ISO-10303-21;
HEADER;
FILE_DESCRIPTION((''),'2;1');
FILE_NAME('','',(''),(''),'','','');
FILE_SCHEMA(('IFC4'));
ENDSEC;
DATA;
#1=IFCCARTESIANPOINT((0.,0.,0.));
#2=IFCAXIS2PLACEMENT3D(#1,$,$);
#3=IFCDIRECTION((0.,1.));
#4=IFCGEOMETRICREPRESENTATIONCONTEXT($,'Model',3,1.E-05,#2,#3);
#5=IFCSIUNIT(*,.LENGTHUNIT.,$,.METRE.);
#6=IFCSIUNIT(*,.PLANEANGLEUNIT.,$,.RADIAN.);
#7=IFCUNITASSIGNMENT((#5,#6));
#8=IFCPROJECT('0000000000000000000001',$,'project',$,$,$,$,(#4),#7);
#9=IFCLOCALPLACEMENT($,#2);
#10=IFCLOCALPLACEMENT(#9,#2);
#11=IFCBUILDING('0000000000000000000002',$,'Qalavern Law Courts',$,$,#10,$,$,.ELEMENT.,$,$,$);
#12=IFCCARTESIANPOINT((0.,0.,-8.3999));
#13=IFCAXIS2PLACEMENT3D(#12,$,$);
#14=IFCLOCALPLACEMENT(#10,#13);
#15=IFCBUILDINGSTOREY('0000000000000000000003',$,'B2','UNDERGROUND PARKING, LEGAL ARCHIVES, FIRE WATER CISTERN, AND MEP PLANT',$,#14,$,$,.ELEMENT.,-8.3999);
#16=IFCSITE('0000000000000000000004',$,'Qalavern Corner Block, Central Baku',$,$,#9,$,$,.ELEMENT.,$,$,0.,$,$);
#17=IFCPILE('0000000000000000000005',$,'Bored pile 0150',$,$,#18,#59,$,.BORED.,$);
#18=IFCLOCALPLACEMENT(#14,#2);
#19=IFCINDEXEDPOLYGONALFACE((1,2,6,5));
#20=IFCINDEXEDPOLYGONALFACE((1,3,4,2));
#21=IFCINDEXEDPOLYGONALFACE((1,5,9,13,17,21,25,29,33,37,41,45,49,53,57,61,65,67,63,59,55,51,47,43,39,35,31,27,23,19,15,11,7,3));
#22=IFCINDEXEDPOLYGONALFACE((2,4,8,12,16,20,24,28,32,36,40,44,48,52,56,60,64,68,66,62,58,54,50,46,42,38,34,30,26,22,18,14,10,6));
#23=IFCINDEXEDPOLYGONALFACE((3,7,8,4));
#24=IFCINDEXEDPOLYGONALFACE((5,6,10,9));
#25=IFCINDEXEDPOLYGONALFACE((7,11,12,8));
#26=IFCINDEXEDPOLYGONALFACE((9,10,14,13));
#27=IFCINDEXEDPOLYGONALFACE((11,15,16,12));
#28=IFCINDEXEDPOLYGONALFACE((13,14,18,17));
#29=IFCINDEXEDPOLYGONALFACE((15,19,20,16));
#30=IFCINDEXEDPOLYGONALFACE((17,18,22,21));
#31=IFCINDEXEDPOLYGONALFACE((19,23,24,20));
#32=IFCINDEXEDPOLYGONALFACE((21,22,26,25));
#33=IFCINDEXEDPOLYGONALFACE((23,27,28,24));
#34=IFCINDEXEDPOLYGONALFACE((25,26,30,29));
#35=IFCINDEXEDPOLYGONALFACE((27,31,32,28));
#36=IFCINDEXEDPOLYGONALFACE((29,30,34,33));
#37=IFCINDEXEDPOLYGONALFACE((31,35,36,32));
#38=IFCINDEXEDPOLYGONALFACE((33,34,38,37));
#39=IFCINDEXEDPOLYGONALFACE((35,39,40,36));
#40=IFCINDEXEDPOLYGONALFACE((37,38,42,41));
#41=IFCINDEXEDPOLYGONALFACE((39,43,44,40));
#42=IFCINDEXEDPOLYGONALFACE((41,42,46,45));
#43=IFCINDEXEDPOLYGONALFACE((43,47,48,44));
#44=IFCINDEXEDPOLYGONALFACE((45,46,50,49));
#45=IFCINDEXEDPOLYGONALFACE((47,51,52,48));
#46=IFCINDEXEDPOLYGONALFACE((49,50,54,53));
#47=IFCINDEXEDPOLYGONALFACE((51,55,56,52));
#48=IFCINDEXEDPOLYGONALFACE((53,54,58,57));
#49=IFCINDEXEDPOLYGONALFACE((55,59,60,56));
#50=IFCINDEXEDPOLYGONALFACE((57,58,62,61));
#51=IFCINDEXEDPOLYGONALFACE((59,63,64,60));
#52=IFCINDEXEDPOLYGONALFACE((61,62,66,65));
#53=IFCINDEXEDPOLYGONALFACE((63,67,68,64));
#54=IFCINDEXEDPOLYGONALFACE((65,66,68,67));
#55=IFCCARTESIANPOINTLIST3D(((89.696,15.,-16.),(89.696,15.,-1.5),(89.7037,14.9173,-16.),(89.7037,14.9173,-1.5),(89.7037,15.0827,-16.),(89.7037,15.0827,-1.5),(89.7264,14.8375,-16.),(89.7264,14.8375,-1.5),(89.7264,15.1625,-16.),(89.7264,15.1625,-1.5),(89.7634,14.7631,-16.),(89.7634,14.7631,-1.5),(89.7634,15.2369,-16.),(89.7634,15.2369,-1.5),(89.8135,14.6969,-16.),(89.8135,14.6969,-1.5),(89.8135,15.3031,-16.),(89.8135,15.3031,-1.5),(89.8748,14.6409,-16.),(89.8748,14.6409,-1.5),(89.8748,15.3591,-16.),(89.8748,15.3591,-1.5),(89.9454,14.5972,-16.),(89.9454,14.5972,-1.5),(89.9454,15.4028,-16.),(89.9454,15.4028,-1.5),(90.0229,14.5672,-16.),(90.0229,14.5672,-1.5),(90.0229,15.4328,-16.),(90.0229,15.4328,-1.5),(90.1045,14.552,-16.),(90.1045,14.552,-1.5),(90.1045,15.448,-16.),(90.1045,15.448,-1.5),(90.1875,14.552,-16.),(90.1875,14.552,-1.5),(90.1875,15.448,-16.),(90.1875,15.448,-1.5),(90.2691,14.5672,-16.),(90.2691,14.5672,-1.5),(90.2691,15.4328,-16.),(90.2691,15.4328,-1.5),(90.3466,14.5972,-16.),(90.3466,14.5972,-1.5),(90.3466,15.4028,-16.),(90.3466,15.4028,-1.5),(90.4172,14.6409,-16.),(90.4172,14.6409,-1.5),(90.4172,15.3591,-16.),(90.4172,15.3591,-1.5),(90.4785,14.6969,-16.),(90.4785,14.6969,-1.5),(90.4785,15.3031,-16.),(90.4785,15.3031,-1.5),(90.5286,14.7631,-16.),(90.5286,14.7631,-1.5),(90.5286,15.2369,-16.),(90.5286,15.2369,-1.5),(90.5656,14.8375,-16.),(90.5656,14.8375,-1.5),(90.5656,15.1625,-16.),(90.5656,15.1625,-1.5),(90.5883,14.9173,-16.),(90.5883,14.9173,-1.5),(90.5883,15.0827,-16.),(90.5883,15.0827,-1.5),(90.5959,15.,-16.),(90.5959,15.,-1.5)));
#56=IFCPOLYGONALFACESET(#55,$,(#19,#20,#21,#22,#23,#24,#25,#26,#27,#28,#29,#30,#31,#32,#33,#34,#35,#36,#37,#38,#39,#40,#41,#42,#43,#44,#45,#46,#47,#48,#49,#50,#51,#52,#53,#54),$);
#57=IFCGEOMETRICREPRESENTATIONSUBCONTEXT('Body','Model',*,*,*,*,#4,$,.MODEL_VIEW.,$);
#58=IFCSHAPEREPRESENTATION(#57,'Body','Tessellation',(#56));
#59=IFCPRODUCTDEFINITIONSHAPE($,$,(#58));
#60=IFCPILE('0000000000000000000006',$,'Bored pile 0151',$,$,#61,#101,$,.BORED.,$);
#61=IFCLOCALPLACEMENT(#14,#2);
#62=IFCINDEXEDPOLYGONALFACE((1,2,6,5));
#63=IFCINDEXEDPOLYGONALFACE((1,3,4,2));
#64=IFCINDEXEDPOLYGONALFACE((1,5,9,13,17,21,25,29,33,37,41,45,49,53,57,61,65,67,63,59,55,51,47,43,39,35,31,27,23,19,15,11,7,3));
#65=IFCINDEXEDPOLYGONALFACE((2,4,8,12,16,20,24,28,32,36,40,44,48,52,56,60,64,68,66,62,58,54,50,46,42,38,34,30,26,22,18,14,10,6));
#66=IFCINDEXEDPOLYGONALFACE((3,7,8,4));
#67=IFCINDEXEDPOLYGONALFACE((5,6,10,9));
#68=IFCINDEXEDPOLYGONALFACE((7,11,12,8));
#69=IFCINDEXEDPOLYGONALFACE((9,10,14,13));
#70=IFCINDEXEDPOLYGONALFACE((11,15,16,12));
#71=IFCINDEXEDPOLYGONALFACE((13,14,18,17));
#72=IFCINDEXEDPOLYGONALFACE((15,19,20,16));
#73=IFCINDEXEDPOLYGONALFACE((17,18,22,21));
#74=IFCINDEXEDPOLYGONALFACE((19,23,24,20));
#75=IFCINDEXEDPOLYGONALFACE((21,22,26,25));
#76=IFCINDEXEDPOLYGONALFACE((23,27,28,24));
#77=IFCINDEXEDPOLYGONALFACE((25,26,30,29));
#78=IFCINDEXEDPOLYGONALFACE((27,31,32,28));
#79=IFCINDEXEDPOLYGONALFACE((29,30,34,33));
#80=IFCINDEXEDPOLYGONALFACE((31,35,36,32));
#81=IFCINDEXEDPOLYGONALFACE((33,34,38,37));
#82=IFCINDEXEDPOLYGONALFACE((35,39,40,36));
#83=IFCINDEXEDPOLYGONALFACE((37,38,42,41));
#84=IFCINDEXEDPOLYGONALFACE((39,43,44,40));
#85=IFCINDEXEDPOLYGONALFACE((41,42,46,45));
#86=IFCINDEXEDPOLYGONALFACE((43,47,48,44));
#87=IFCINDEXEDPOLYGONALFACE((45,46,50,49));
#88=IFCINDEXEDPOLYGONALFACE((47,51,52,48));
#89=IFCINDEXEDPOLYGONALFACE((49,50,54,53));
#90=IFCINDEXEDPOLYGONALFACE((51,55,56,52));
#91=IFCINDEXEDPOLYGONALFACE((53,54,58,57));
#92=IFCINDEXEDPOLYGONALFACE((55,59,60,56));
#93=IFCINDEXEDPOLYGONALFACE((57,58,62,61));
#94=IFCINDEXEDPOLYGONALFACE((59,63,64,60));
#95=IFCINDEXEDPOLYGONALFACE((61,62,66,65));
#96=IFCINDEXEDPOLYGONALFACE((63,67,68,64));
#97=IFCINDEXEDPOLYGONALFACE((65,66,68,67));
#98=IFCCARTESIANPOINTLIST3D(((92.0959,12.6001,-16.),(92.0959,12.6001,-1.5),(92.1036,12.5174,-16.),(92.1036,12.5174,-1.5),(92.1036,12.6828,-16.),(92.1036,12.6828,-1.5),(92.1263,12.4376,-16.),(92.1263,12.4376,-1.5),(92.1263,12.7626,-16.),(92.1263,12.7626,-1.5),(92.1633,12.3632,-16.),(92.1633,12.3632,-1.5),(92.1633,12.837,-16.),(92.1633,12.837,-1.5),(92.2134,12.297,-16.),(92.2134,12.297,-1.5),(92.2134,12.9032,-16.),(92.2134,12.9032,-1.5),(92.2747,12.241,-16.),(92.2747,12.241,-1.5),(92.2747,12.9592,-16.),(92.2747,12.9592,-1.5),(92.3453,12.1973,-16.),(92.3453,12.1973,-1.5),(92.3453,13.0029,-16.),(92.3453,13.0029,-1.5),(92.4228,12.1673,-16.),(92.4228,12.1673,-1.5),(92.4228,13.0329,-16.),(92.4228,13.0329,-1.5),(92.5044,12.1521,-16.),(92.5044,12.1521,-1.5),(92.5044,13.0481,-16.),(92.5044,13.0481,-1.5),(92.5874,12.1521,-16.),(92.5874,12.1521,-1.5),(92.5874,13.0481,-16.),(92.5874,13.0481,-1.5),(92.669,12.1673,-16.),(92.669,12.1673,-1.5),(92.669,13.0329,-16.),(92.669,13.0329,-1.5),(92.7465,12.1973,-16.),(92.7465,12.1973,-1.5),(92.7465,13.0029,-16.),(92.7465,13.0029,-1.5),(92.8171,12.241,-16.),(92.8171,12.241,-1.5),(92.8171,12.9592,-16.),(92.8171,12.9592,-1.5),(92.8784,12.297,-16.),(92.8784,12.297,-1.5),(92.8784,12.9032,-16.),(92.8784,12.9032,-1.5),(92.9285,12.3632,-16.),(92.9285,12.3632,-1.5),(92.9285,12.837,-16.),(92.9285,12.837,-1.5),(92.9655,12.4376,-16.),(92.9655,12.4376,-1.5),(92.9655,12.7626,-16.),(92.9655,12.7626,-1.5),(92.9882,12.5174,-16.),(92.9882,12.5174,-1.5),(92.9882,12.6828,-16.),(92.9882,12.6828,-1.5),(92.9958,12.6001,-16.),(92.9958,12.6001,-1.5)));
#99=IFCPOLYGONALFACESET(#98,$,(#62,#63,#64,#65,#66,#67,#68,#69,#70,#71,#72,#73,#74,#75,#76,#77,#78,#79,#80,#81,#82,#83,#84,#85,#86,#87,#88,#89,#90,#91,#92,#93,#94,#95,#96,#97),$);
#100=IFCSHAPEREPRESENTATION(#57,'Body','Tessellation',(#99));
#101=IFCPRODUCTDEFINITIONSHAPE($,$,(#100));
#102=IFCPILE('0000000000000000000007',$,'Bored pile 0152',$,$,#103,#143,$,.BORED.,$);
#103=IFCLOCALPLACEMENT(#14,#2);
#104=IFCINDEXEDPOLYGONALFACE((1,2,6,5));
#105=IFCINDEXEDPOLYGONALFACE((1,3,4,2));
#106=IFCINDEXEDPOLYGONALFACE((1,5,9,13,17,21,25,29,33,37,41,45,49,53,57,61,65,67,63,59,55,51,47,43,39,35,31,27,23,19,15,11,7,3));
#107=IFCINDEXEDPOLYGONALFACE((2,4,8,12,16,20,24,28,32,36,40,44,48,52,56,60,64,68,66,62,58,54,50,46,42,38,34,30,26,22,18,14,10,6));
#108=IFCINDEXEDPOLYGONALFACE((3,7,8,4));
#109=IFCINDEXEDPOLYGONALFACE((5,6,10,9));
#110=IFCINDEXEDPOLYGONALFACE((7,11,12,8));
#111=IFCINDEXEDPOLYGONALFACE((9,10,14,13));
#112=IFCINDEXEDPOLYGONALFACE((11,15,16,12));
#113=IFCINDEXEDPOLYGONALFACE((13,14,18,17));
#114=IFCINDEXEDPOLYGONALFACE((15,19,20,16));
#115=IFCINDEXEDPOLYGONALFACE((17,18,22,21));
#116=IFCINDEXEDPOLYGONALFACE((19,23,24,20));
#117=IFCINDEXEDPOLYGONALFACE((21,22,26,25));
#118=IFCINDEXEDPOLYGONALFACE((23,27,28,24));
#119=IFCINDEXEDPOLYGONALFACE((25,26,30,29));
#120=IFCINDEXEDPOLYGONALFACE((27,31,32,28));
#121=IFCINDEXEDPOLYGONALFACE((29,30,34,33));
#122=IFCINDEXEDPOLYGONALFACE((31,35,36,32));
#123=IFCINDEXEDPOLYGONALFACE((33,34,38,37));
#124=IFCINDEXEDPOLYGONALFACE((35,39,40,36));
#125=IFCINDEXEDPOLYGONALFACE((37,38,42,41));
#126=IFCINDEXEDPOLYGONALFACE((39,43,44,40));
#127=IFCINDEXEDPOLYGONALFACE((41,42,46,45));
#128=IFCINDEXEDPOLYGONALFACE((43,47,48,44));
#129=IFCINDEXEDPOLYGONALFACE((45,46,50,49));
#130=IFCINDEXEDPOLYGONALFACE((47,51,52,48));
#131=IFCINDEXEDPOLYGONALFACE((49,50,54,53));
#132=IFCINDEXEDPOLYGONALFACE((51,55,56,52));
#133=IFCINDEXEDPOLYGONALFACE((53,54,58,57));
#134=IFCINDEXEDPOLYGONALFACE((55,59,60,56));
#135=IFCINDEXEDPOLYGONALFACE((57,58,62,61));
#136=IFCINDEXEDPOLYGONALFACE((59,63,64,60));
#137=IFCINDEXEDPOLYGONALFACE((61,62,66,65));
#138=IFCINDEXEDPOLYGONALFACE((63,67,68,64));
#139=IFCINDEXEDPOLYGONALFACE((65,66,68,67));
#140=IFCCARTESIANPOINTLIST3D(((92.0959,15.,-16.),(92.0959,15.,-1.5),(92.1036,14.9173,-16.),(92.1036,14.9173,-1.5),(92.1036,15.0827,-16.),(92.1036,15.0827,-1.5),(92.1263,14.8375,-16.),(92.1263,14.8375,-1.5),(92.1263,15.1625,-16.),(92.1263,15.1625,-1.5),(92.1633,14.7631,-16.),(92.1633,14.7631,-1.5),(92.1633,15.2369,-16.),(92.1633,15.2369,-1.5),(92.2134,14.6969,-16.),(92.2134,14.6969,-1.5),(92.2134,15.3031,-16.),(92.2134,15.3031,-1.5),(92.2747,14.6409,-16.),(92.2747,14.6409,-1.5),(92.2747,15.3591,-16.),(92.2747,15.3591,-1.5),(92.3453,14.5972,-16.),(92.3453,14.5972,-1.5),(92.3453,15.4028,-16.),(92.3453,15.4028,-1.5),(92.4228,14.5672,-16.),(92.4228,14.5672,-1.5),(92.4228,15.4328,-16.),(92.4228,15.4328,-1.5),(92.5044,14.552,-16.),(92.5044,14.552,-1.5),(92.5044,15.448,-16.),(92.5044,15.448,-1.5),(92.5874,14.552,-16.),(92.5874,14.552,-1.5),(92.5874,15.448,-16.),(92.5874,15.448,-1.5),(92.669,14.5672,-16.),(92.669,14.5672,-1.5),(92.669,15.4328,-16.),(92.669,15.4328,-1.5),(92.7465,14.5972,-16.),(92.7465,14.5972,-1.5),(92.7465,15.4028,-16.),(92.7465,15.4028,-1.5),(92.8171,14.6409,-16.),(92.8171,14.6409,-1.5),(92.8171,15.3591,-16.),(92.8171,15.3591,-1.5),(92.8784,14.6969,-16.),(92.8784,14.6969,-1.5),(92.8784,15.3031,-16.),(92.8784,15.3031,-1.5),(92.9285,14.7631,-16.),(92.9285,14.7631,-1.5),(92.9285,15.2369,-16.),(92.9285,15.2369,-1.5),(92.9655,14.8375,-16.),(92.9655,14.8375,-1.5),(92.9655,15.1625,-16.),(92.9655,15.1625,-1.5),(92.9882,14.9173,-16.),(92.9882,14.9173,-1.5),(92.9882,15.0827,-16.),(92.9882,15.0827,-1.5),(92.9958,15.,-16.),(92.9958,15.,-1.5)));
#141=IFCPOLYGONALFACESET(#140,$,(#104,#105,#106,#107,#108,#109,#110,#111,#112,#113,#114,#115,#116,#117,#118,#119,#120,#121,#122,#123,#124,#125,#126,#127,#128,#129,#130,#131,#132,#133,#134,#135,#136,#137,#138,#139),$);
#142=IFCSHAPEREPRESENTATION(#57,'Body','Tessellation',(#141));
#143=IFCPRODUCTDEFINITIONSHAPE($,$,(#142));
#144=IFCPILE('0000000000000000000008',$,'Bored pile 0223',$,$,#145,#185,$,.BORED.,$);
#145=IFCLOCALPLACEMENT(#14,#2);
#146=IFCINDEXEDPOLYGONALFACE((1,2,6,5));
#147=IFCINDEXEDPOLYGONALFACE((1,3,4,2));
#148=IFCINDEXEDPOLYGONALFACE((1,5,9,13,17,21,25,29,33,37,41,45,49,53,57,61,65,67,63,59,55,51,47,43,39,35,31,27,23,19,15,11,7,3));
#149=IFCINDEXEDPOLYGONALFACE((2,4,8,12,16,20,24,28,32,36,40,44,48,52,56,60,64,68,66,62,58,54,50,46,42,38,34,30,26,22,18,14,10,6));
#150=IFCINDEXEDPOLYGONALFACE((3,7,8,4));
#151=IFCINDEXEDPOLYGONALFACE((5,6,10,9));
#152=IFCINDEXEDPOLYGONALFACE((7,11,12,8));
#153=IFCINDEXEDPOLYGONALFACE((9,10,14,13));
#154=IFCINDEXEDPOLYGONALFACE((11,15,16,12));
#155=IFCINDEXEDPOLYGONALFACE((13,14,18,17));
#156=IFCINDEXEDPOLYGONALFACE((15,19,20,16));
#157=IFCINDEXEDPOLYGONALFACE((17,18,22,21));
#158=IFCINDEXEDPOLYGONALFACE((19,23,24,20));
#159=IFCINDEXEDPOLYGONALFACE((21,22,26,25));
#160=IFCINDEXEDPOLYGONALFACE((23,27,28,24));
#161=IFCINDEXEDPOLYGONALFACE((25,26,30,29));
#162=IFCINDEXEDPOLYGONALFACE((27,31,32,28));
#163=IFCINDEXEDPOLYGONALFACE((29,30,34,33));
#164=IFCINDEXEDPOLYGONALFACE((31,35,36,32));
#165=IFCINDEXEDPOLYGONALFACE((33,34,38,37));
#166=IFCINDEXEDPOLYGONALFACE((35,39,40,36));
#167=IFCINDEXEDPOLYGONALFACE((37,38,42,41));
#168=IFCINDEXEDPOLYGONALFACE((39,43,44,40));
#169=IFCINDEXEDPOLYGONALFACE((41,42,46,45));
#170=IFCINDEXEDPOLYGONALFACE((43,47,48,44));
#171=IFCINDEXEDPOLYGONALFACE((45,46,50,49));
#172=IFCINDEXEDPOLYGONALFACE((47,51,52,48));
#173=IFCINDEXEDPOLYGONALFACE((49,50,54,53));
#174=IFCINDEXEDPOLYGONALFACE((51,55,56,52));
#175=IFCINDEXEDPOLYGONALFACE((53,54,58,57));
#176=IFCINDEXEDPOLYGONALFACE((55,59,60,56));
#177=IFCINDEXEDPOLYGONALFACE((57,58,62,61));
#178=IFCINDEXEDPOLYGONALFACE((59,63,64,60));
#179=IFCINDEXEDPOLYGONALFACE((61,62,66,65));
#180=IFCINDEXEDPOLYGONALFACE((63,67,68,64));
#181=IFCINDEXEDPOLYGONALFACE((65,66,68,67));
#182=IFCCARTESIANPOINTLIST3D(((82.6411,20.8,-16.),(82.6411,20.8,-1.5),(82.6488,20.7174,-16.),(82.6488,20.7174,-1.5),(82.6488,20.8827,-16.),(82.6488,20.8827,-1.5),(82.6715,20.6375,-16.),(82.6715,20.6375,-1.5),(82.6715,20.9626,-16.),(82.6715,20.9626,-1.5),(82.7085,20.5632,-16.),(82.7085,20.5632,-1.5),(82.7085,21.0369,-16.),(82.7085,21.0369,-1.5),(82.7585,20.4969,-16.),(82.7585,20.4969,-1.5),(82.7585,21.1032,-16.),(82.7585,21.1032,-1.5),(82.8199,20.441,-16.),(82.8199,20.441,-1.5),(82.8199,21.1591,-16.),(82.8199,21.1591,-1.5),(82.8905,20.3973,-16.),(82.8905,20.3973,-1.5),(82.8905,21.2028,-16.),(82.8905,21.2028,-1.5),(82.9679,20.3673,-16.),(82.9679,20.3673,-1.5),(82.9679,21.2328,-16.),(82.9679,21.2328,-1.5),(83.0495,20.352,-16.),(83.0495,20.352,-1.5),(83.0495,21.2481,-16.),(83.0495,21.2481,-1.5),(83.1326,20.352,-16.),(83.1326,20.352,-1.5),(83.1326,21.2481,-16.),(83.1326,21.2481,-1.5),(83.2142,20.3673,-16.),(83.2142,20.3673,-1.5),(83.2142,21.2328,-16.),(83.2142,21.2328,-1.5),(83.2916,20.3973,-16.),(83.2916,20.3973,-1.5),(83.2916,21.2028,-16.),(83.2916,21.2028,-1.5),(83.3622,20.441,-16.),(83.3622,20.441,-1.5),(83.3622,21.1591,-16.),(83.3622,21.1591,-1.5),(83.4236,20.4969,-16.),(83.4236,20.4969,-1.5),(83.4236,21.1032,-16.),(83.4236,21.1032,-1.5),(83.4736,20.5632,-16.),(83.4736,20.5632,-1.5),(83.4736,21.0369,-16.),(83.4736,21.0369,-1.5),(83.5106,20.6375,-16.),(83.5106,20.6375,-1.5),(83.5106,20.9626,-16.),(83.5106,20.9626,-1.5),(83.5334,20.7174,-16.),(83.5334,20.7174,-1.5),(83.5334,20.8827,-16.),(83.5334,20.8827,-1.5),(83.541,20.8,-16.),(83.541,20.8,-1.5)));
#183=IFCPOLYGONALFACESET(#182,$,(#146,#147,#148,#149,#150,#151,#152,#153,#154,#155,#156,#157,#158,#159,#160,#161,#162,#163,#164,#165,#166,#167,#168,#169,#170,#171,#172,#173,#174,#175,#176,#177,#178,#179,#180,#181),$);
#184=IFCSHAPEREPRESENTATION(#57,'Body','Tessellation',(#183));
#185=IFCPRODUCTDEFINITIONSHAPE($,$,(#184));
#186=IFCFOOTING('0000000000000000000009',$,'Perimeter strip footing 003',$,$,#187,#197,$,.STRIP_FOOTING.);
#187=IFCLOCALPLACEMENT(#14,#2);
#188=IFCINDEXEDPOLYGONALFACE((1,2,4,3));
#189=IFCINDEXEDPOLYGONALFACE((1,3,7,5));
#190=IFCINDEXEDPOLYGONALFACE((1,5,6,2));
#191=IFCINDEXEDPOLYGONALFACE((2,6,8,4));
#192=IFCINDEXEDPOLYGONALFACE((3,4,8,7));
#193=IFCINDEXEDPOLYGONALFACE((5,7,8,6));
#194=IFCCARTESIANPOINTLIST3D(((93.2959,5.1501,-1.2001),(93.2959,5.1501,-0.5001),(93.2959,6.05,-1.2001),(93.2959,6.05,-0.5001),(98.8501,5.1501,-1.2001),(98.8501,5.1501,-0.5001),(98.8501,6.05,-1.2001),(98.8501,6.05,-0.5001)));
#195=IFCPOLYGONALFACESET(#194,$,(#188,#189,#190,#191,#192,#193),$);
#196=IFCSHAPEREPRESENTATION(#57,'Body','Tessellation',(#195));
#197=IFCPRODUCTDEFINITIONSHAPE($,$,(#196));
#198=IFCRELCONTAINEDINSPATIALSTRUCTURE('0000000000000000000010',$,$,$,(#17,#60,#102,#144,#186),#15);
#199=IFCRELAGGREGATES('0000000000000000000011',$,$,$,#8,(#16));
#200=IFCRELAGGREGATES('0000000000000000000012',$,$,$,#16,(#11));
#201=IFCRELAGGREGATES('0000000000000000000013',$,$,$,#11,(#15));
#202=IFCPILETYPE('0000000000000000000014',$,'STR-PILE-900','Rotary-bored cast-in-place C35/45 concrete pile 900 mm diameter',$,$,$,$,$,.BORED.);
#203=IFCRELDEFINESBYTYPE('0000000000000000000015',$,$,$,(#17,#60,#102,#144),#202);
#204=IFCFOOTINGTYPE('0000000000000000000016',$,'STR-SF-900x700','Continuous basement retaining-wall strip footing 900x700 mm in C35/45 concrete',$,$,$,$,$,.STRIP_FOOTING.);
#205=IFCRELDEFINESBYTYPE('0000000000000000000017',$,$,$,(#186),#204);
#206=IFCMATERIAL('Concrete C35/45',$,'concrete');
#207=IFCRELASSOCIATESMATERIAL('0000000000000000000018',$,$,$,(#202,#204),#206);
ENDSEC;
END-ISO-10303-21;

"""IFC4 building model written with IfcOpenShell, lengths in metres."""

from ifc_helpers import new_model, si_unit, direction, frame, origin, origin_2d, place, context, subcontext, project, spatial, rectangle, circle, extrude, material, material_profile, profile_set, type_object, element, save


model = new_model("IFC4")

# Units and contexts
model_context = context("Model", 3, precision=1e-05, world=origin(), true_north=direction((0.0, 1.0)))
body_context = subcontext(model_context, "Body", "Model", "MODEL_VIEW")
ifc_project = project(units=[si_unit("LENGTHUNIT", "METRE"), si_unit("PLANEANGLEUNIT", "RADIAN")], contexts=[model_context])

# Site, building, storey
site_placement = place(None, origin())
site = spatial("IfcSite", under=ifc_project, at=site_placement, Name="Qalavern Corner Block, Central Baku", CompositionType="ELEMENT", RefElevation=0.0)
building_placement = place(site_placement, origin())
building = spatial("IfcBuilding", under=site, at=building_placement, Name="Qalavern Law Courts", CompositionType="ELEMENT")
storey_placement = place(building_placement, frame((0.0, 0.0, -8.3999)))
storey = spatial("IfcBuildingStorey", under=building, at=storey_placement, Name="B2", Description="UNDERGROUND PARKING, LEGAL ARCHIVES, FIRE WATER CISTERN, AND MEP PLANT", CompositionType="ELEMENT", Elevation=-8.3999)

# Shared definitions
ifc_material_1 = material(Name="Concrete C35/45", Category="concrete")

# Piles
ifc_material_profile_1 = material_profile(ifc_material_1, circle(Radius=0.45, at=origin_2d()), Name="BORED PILE 900")
ifc_profile_set_1 = profile_set([ifc_material_profile_1], Name="Concrete C35/45")
pile_type_1 = type_object("IfcPileType", Name="STR-PILE-900", Description="Rotary-bored cast-in-place C35/45 concrete pile 900 mm diameter", PredefinedType="BORED", material=ifc_profile_set_1)
for number, where, z_axis, x_axis, name in (
    (1, (90.146, 15.0, -1.5), (0.0, 0.0, -1.0), (1.0, 0.0, 0.0), "Bored pile 0150"),
    (2, (92.5459, 12.6001, -1.5), (0.0, 0.0, -1.0), (1.0, 0.0, 0.0), "Bored pile 0151"),
    (3, (92.5459, 15.0, -1.5), (0.0, 0.0, -1.0), (1.0, 0.0, 0.0), "Bored pile 0152"),
    (4, (83.0911, 20.8, -1.5), (0.0, 0.0, -1.0), (1.0, 0.0, 0.0), "Bored pile 0223"),
):
    element("IfcPile", number, at=place(storey_placement, frame(where, z_axis=z_axis, x_axis=x_axis)), inside=storey, type_object=pile_type_1, Name=name, PredefinedType="BORED", context=body_context, shape_type="SweptSolid", body=[
        extrude(circle(Radius=0.45, at=origin_2d()), origin(), (0.0, 0.0, 1.0), 14.5),
    ])

# Footing
ifc_material_profile_2 = material_profile(ifc_material_1, rectangle(XDim=0.8999, YDim=0.7, at=origin_2d()), Name="RC 900x700")
ifc_profile_set_2 = profile_set([ifc_material_profile_2], Name="Concrete C35/45")
footing_type_1 = type_object("IfcFootingType", Name="STR-SF-900x700", Description="Continuous basement retaining-wall strip footing 900x700 mm in C35/45 concrete", PredefinedType="STRIP_FOOTING", material=ifc_profile_set_2)
footing_1_placement = place(storey_placement, frame((93.2959, 5.6001, -0.8501), z_axis=(1.0, 0.0, 0.0), x_axis=(0.0, 1.0, 0.0)))
element("IfcFooting", 5, at=footing_1_placement, inside=storey, type_object=footing_type_1, Name="Perimeter strip footing 003", PredefinedType="STRIP_FOOTING", context=body_context, shape_type="SweptSolid", body=[
    extrude(rectangle(XDim=0.8999, YDim=0.7, at=origin_2d()), origin(), (0.0, 0.0, 1.0), 5.5542),
])

save(model, "model.ifc")
